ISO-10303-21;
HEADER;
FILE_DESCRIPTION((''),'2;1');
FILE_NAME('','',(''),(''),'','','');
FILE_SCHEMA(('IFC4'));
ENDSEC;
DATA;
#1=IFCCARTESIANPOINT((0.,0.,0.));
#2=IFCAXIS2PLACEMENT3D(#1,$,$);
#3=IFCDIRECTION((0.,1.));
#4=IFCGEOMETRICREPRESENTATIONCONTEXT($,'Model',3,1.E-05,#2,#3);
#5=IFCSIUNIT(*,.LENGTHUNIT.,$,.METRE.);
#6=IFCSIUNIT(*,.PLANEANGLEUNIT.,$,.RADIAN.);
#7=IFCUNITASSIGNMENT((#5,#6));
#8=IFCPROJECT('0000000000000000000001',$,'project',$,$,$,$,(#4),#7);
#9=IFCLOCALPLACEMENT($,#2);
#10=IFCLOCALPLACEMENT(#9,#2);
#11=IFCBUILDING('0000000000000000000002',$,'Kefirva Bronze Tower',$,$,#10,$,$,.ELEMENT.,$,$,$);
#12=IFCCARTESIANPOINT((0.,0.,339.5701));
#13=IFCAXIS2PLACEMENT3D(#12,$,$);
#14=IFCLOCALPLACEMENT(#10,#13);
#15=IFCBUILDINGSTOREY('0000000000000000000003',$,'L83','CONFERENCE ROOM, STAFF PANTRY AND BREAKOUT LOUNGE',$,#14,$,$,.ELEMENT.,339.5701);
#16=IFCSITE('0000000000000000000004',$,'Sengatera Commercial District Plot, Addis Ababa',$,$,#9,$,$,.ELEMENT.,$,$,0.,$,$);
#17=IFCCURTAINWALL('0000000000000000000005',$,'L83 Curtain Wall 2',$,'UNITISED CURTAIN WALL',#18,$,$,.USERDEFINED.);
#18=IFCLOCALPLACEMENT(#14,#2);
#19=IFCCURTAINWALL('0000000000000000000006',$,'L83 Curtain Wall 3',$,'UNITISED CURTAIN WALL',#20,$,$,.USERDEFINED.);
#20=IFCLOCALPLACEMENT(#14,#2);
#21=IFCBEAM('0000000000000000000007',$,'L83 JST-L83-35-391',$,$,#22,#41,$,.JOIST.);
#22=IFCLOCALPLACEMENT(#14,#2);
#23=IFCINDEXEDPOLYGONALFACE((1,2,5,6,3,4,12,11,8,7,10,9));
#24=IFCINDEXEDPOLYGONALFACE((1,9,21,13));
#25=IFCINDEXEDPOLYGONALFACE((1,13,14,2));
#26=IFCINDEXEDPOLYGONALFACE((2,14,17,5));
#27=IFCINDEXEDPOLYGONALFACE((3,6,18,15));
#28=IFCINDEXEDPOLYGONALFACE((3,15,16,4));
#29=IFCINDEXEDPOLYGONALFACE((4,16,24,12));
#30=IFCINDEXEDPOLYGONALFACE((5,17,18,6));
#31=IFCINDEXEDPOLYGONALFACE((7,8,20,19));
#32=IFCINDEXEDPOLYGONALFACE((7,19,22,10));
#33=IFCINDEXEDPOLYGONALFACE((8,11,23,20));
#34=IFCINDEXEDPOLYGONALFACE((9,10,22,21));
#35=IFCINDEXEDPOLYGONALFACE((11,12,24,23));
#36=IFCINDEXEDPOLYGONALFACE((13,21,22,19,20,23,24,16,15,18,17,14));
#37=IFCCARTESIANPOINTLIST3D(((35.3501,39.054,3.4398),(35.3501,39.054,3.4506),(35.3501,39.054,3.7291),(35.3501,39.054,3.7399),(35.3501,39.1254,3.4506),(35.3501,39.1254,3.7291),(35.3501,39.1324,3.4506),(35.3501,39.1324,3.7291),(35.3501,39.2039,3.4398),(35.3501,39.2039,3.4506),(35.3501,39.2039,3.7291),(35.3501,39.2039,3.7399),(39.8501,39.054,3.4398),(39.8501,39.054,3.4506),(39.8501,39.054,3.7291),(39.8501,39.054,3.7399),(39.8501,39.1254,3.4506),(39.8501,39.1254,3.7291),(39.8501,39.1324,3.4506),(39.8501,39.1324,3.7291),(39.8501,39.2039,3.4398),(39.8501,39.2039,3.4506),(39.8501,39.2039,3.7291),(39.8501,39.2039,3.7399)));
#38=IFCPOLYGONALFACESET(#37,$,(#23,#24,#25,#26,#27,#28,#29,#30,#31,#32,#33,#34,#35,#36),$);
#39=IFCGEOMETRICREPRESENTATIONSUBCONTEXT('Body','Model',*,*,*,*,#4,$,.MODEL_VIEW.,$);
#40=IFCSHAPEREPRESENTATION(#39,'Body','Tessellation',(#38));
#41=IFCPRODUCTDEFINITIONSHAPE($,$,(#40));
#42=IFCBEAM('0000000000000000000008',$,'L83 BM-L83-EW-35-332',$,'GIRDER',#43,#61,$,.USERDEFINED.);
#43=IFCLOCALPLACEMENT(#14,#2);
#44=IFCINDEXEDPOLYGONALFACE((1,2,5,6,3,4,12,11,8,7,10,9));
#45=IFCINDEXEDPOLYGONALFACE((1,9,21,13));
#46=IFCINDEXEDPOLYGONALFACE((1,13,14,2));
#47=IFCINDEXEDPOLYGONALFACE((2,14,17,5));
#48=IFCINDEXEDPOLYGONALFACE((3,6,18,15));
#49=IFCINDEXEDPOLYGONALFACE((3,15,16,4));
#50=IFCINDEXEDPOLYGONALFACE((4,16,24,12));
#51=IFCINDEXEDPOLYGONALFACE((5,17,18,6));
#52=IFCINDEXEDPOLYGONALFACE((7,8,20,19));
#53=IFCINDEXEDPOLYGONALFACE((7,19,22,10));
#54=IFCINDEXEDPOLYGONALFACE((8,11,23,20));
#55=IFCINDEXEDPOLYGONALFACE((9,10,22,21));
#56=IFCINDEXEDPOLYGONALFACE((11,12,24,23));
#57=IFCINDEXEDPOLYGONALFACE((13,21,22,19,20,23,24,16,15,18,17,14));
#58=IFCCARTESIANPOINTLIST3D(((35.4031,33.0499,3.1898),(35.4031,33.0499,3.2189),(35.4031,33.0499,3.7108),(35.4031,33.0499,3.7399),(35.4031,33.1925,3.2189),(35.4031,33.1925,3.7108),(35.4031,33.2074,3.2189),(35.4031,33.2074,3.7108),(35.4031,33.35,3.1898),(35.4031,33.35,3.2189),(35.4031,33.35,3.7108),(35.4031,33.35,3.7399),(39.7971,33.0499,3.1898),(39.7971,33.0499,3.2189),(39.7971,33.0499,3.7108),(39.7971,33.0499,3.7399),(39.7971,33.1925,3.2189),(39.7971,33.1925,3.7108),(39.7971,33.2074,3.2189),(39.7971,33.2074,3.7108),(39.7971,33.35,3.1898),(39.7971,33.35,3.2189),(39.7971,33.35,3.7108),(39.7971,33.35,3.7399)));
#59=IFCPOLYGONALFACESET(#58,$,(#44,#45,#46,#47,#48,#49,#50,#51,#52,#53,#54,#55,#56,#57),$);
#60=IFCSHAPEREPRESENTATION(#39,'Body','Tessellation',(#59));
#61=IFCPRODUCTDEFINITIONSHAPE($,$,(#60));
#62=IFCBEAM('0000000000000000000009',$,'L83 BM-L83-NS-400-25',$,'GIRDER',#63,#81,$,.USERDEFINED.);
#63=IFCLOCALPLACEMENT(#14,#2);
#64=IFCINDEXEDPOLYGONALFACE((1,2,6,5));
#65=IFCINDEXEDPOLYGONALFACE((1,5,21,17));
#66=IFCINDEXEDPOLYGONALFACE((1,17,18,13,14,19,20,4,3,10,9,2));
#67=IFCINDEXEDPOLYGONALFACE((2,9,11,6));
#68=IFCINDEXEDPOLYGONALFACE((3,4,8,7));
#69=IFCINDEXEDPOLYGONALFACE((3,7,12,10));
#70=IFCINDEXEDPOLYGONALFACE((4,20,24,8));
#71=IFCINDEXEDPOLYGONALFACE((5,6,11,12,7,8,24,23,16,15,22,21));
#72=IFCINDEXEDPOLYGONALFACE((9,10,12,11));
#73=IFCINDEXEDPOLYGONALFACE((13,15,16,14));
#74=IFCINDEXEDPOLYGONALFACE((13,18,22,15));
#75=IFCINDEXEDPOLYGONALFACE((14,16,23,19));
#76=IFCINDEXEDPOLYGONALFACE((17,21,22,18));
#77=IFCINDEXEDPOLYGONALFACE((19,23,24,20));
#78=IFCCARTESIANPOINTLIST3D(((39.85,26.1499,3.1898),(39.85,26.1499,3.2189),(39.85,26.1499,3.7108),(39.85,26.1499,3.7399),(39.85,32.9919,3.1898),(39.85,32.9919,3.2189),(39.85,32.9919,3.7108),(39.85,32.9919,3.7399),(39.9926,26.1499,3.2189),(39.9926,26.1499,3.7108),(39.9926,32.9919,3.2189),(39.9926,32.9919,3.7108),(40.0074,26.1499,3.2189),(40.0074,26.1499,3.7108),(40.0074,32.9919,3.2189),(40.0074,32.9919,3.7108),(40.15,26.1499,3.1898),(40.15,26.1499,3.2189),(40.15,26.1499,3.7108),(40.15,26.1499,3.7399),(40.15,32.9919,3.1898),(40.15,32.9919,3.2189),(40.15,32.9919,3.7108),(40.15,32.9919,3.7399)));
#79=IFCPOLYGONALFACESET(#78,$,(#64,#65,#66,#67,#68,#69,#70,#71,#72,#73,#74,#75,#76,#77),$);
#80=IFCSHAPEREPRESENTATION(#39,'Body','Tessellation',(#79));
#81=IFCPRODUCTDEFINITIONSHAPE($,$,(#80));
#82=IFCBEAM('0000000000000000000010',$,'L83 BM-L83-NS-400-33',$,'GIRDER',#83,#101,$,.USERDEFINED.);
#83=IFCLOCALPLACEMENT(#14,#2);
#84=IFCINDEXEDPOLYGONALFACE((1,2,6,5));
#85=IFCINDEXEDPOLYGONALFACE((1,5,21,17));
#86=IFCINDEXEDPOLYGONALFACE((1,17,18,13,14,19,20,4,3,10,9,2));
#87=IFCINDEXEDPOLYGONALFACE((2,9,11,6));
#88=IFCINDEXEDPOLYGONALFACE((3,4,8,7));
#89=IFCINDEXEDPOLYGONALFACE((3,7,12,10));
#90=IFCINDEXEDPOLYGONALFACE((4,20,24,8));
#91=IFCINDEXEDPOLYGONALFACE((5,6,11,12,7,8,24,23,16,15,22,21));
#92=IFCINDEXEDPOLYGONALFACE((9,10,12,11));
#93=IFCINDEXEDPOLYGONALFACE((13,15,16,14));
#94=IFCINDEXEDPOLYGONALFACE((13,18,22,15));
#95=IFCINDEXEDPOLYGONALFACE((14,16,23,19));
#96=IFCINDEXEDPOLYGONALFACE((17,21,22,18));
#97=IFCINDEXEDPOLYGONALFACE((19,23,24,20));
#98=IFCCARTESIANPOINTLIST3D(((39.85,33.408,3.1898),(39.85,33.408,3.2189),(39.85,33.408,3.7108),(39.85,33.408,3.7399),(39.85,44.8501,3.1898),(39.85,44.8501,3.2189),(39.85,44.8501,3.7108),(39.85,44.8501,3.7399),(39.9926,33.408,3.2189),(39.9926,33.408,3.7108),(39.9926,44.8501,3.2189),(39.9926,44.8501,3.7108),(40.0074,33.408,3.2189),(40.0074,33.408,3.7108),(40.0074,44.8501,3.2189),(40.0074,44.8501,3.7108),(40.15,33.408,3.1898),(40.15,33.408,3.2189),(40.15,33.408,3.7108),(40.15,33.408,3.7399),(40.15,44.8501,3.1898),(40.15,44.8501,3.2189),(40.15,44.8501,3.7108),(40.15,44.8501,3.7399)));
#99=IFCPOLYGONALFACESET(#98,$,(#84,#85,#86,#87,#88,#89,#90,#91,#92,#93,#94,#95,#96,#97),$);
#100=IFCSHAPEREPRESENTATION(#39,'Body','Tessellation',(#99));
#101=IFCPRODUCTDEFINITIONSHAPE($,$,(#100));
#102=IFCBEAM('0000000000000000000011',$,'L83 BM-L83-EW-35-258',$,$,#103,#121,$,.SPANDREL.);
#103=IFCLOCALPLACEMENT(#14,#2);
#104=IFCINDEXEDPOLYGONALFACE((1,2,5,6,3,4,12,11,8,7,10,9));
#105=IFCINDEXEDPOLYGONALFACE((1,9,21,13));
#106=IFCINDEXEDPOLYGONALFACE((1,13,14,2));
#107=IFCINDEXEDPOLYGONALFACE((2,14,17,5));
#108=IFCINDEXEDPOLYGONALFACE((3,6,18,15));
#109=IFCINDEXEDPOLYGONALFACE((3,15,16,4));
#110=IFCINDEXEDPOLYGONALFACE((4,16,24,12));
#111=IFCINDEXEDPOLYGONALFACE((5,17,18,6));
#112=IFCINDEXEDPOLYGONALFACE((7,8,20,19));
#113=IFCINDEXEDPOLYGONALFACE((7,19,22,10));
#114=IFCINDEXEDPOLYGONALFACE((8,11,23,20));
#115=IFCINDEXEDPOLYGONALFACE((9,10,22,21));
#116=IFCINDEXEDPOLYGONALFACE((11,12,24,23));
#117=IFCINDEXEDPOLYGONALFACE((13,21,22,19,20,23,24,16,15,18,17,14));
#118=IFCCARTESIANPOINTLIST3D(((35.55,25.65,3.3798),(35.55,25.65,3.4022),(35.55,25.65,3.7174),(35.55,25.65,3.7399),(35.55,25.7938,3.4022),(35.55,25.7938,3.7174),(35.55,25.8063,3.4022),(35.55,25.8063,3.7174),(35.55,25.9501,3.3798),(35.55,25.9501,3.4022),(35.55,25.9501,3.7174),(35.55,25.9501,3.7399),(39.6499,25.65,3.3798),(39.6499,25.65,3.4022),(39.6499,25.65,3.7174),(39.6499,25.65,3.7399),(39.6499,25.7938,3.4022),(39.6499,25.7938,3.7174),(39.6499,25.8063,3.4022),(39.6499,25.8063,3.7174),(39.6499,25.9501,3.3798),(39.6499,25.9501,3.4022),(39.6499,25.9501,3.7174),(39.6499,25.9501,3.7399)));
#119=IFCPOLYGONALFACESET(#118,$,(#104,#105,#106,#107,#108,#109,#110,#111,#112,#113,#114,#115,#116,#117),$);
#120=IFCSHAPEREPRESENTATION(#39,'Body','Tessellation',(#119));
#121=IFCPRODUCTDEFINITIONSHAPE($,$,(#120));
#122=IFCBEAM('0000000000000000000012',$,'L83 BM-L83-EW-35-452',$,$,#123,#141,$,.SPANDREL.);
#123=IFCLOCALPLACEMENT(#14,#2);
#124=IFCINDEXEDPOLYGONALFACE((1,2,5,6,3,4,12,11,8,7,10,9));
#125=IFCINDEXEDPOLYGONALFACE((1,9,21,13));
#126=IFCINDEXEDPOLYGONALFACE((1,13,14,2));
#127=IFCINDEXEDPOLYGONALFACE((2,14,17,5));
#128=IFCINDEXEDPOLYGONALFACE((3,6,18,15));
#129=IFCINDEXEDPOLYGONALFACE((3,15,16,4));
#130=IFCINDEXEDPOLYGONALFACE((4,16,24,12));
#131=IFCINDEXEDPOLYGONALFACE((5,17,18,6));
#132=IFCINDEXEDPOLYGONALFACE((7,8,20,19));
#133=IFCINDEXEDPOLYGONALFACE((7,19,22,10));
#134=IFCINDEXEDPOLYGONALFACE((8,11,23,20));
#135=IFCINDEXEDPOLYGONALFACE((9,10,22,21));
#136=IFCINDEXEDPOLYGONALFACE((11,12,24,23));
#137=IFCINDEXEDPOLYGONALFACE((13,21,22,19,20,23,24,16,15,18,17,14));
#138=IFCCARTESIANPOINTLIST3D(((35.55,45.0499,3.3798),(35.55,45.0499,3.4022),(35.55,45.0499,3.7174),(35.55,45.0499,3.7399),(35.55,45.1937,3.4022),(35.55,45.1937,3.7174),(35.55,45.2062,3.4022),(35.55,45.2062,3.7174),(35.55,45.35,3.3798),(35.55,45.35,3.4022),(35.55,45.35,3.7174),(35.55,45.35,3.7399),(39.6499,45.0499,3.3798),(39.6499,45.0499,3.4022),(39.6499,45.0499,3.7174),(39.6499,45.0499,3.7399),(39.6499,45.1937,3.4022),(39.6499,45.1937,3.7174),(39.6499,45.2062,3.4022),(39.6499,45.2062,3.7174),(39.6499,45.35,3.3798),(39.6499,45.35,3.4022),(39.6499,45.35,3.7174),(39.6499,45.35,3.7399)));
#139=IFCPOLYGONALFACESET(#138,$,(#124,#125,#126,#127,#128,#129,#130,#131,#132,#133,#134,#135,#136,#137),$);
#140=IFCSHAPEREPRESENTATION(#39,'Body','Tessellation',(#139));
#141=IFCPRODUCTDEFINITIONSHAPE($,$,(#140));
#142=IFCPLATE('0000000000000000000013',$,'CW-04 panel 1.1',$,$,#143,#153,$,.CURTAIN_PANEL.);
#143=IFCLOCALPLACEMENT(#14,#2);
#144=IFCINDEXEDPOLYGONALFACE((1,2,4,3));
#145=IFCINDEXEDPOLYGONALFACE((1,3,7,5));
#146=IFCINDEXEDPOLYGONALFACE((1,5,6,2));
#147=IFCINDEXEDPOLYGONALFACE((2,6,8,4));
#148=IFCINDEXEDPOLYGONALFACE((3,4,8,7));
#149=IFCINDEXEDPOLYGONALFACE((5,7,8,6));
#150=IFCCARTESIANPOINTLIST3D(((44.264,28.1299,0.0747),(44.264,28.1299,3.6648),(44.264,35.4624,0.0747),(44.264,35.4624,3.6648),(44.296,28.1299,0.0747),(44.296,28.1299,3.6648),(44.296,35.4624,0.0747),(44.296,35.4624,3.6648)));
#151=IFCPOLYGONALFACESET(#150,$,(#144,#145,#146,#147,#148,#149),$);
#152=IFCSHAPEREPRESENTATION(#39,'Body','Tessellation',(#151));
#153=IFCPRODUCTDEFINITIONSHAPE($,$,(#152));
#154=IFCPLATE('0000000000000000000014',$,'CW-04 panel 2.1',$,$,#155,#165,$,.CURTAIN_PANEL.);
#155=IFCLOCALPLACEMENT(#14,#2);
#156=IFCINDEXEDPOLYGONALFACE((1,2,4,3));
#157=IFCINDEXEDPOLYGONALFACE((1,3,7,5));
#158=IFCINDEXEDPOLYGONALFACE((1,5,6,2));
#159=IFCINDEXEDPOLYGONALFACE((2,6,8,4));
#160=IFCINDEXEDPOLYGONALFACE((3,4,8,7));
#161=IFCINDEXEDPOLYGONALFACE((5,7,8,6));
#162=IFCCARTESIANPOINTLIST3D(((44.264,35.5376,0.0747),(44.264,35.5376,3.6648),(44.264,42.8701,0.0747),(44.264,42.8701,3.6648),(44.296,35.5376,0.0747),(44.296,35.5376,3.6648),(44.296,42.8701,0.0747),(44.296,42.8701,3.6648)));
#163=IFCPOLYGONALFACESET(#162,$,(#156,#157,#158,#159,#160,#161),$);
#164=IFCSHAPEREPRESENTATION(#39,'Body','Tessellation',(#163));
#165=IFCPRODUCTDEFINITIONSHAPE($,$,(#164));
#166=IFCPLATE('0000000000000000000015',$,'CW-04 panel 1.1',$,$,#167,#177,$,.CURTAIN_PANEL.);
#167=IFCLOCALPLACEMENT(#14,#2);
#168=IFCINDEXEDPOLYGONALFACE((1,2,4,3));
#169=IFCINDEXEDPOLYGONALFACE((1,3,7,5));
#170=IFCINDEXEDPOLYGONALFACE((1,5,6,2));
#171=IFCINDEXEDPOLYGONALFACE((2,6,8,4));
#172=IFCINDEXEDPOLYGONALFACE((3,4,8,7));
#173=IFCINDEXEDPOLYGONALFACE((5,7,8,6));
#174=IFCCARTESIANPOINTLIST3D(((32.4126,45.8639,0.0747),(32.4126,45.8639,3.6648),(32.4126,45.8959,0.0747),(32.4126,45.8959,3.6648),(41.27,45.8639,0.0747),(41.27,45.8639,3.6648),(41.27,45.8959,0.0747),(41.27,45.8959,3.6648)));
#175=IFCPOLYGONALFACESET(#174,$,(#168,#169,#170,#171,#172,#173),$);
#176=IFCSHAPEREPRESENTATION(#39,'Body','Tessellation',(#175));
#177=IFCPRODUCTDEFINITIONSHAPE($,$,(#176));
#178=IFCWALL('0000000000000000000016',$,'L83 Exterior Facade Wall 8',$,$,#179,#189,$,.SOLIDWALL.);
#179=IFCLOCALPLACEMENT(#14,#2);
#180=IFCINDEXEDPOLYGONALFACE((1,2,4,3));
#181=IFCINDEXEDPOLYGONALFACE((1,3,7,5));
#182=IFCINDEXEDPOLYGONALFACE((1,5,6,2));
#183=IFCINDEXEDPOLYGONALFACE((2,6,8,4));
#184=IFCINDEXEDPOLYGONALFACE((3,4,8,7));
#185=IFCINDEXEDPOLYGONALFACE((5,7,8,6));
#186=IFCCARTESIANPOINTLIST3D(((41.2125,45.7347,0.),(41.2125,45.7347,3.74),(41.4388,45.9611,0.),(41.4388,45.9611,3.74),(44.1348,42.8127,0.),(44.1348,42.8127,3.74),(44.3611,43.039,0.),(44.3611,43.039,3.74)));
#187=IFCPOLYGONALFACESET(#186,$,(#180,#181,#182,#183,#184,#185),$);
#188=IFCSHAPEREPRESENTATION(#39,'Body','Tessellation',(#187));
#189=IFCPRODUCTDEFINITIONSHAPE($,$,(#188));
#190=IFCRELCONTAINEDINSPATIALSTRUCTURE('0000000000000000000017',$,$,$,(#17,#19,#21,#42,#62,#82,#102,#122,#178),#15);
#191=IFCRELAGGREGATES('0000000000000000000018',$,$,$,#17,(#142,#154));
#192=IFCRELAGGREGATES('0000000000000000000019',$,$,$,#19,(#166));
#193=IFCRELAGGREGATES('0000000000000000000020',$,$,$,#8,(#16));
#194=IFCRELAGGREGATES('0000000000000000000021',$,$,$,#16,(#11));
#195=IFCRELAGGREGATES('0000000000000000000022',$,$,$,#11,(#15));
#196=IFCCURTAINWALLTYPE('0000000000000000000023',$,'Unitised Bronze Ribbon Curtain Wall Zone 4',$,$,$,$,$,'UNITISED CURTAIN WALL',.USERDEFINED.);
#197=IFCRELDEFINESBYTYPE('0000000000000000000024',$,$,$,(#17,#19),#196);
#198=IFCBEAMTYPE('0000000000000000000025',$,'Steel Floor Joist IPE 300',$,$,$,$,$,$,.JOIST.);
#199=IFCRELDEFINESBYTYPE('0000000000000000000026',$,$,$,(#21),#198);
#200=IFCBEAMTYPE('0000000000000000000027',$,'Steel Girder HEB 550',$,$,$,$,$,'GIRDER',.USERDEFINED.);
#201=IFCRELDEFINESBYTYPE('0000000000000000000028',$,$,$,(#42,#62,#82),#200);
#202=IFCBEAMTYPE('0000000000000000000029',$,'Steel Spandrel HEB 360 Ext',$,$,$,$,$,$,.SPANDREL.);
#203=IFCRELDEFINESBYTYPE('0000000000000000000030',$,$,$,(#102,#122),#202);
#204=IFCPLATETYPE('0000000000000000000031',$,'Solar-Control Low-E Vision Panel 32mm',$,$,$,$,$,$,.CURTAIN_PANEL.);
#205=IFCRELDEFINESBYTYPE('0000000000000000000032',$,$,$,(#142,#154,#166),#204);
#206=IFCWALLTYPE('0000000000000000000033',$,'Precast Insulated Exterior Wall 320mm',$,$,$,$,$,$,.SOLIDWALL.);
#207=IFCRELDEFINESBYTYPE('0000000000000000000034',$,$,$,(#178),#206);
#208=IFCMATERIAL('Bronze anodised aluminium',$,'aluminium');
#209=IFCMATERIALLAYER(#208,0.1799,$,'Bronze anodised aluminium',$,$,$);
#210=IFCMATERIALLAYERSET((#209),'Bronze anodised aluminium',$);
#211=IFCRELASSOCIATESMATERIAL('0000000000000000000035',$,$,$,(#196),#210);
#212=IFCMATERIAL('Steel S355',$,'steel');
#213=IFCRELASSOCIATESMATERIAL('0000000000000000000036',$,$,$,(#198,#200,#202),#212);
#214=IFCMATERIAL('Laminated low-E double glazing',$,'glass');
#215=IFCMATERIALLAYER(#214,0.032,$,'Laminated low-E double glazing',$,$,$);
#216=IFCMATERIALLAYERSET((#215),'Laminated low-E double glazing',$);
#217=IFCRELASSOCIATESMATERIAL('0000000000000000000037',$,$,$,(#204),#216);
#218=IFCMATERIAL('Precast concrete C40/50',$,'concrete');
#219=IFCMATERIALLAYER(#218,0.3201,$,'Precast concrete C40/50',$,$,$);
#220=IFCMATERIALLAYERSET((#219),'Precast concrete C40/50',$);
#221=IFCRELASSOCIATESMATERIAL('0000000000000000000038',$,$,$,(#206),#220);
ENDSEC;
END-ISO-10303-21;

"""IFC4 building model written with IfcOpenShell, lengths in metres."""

from ifc_helpers import new_model, si_unit, direction, frame, frame_2d, origin, origin_2d, place, context, subcontext, project, spatial, rectangle, i_section, extrude, material, layer, layer_set, material_profile, profile_set, type_object, element, aggregate, save


model = new_model("IFC4")

# Units and contexts
model_context = context("Model", 3, precision=1e-05, world=origin(), true_north=direction((0.0, 1.0)))
body_context = subcontext(model_context, "Body", "Model", "MODEL_VIEW")
ifc_project = project(units=[si_unit("LENGTHUNIT", "METRE"), si_unit("PLANEANGLEUNIT", "RADIAN")], contexts=[model_context])

# Site, building, storey
site_placement = place(None, origin())
site = spatial("IfcSite", under=ifc_project, at=site_placement, Name="Sengatera Commercial District Plot, Addis Ababa", CompositionType="ELEMENT", RefElevation=0.0)
building_placement = place(site_placement, origin())
building = spatial("IfcBuilding", under=site, at=building_placement, Name="Kefirva Bronze Tower", CompositionType="ELEMENT")
storey_placement = place(building_placement, frame((0.0, 0.0, 339.5701)))
storey = spatial("IfcBuildingStorey", under=building, at=storey_placement, Name="L83", Description="CONFERENCE ROOM, STAFF PANTRY AND BREAKOUT LOUNGE", CompositionType="ELEMENT", Elevation=339.5701)

# Curtain wall
ifc_material_1 = material(Name="Bronze anodised aluminium", Category="aluminium")
ifc_layer_1 = layer(ifc_material_1, 0.1799, Name="Bronze anodised aluminium")
ifc_layer_set_1 = layer_set([ifc_layer_1], Name="Bronze anodised aluminium")
curtain_wall_type = type_object("IfcCurtainWallType", Name="Unitised Bronze Ribbon Curtain Wall Zone 4", ElementType="UNITISED CURTAIN WALL", PredefinedType="USERDEFINED", material=ifc_layer_set_1)
curtain_wall_1_placement = place(storey_placement, origin())
curtain_wall_1 = element("IfcCurtainWall", 1, at=curtain_wall_1_placement, inside=storey, type_object=curtain_wall_type, Name="L83 Curtain Wall 2", ObjectType="UNITISED CURTAIN WALL", PredefinedType="USERDEFINED")

# Curtain wall
curtain_wall_2_placement = place(storey_placement, origin())
curtain_wall_2 = element("IfcCurtainWall", 2, at=curtain_wall_2_placement, inside=storey, type_object=curtain_wall_type, Name="L83 Curtain Wall 3", ObjectType="UNITISED CURTAIN WALL", PredefinedType="USERDEFINED")

# Beams
ifc_material_2 = material(Name="Steel S355", Category="steel")
ifc_material_profile_1 = material_profile(ifc_material_2, i_section(OverallWidth=0.1499, OverallDepth=0.3, WebThickness=0.0071, FlangeThickness=0.0107, at=origin_2d()), Name="IPE 300")
ifc_profile_set_1 = profile_set([ifc_material_profile_1], Name="Steel S355")
beam_type_1 = type_object("IfcBeamType", Name="Steel Floor Joist IPE 300", PredefinedType="JOIST", material=ifc_profile_set_1)
beam_1_placement = place(storey_placement, frame((35.3501, 39.1289, 3.5898), z_axis=(1.0, 0.0, 0.0), x_axis=(0.0, 1.0, 0.0)))
element("IfcBeam", 3, at=beam_1_placement, inside=storey, type_object=beam_type_1, Name="L83 JST-L83-35-391", PredefinedType="JOIST", context=body_context, shape_type="SweptSolid", body=[
    extrude(i_section(OverallWidth=0.1499, OverallDepth=0.3, WebThickness=0.0071, FlangeThickness=0.0107, at=origin_2d()), origin(), (0.0, 0.0, 1.0), 4.5),
])
ifc_material_profile_2 = material_profile(ifc_material_2, i_section(OverallWidth=0.3, OverallDepth=0.55, WebThickness=0.0149, FlangeThickness=0.0291, at=origin_2d()), Name="HEB 550")
ifc_profile_set_2 = profile_set([ifc_material_profile_2], Name="Steel S355")
beam_type_2 = type_object("IfcBeamType", Name="Steel Girder HEB 550", ElementType="GIRDER", PredefinedType="USERDEFINED", material=ifc_profile_set_2)
beam_2_placement = place(storey_placement, frame((35.4031, 33.2, 3.4648), z_axis=(1.0, 0.0, 0.0), x_axis=(0.0, 1.0, 0.0)))
element("IfcBeam", 4, at=beam_2_placement, inside=storey, type_object=beam_type_2, Name="L83 BM-L83-EW-35-332", ObjectType="GIRDER", PredefinedType="USERDEFINED", context=body_context, shape_type="SweptSolid", body=[
    extrude(i_section(OverallWidth=0.3, OverallDepth=0.55, WebThickness=0.0149, FlangeThickness=0.0291, at=origin_2d()), origin(), (0.0, 0.0, 1.0), 4.394),
])
beam_3_placement = place(storey_placement, frame((40.0, 26.1499, 3.4648), z_axis=(0.0, 1.0, 0.0), x_axis=(-1.0, 0.0, 0.0)))
element("IfcBeam", 5, at=beam_3_placement, inside=storey, type_object=beam_type_2, Name="L83 BM-L83-NS-400-25", ObjectType="GIRDER", PredefinedType="USERDEFINED", context=body_context, shape_type="SweptSolid", body=[
    extrude(i_section(OverallWidth=0.3, OverallDepth=0.55, WebThickness=0.0149, FlangeThickness=0.0291, at=origin_2d()), origin(), (0.0, 0.0, 1.0), 6.842),
])
beam_4_placement = place(storey_placement, frame((40.0, 33.408, 3.4648), z_axis=(0.0, 1.0, 0.0), x_axis=(-1.0, 0.0, 0.0)))
element("IfcBeam", 6, at=beam_4_placement, inside=storey, type_object=beam_type_2, Name="L83 BM-L83-NS-400-33", ObjectType="GIRDER", PredefinedType="USERDEFINED", context=body_context, shape_type="SweptSolid", body=[
    extrude(i_section(OverallWidth=0.3, OverallDepth=0.55, WebThickness=0.0149, FlangeThickness=0.0291, at=origin_2d()), origin(), (0.0, 0.0, 1.0), 11.4421),
])
ifc_material_profile_3 = material_profile(ifc_material_2, i_section(OverallWidth=0.3, OverallDepth=0.3601, WebThickness=0.0125, FlangeThickness=0.0225, at=origin_2d()), Name="HEB 360")
ifc_profile_set_3 = profile_set([ifc_material_profile_3], Name="Steel S355")
beam_type_3 = type_object("IfcBeamType", Name="Steel Spandrel HEB 360 Ext", PredefinedType="SPANDREL", material=ifc_profile_set_3)
for number, where, z_axis, x_axis, name in (
    (7, (35.55, 25.8, 3.5598), (1.0, 0.0, 0.0), (0.0, 1.0, 0.0), "L83 BM-L83-EW-35-258"),
    (8, (35.55, 45.2, 3.5598), (1.0, 0.0, 0.0), (0.0, 1.0, 0.0), "L83 BM-L83-EW-35-452"),
):
    element("IfcBeam", number, at=place(storey_placement, frame(where, z_axis=z_axis, x_axis=x_axis)), inside=storey, type_object=beam_type_3, Name=name, PredefinedType="SPANDREL", context=body_context, shape_type="SweptSolid", body=[
        extrude(i_section(OverallWidth=0.3, OverallDepth=0.3601, WebThickness=0.0125, FlangeThickness=0.0225, at=origin_2d()), origin(), (0.0, 0.0, 1.0), 4.0999),
    ])

# Plates
ifc_material_3 = material(Name="Laminated low-E double glazing", Category="glass")
ifc_layer_2 = layer(ifc_material_3, 0.032, Name="Laminated low-E double glazing")
ifc_layer_set_2 = layer_set([ifc_layer_2], Name="Laminated low-E double glazing")
plate_type = type_object("IfcPlateType", Name="Solar-Control Low-E Vision Panel 32mm", PredefinedType="CURTAIN_PANEL", material=ifc_layer_set_2)
plate_1_placement = place(storey_placement, frame((44.28, 31.7961, 0.0747), z_axis=(0.0, 0.0, 1.0), x_axis=(0.0, 1.0, 0.0)))
plate_1 = element("IfcPlate", 9, at=plate_1_placement, type_object=plate_type, Name="CW-04 panel 1.1", PredefinedType="CURTAIN_PANEL", context=body_context, shape_type="SweptSolid", body=[
    extrude(rectangle(XDim=7.3325, YDim=0.032, at=origin_2d()), origin(), (0.0, 0.0, 1.0), 3.5901),
])
plate_2_placement = place(storey_placement, frame((44.28, 39.2039, 0.0747), z_axis=(0.0, 0.0, 1.0), x_axis=(0.0, 1.0, 0.0)))
plate_2 = element("IfcPlate", 10, at=plate_2_placement, type_object=plate_type, Name="CW-04 panel 2.1", PredefinedType="CURTAIN_PANEL", context=body_context, shape_type="SweptSolid", body=[
    extrude(rectangle(XDim=7.3325, YDim=0.032, at=origin_2d()), origin(), (0.0, 0.0, 1.0), 3.5901),
])
aggregate(curtain_wall_1, [plate_1, plate_2])
plate_3_placement = place(storey_placement, frame((36.8413, 45.8799, 0.0747), z_axis=(0.0, 0.0, 1.0), x_axis=(-1.0, 0.0, 0.0)))
plate_3 = element("IfcPlate", 11, at=plate_3_placement, type_object=plate_type, Name="CW-04 panel 1.1", PredefinedType="CURTAIN_PANEL", context=body_context, shape_type="SweptSolid", body=[
    extrude(rectangle(XDim=8.8574, YDim=0.032, at=origin_2d()), origin(), (0.0, 0.0, 1.0), 3.5901),
])
aggregate(curtain_wall_2, [plate_3])

# Wall
ifc_material_4 = material(Name="Precast concrete C40/50", Category="concrete")
ifc_layer_3 = layer(ifc_material_4, 0.3201, Name="Precast concrete C40/50")
ifc_layer_set_3 = layer_set([ifc_layer_3], Name="Precast concrete C40/50")
wall_type = type_object("IfcWallType", Name="Precast Insulated Exterior Wall 320mm", PredefinedType="SOLIDWALL", material=ifc_layer_set_3)
wall_placement = place(storey_placement, frame((44.248, 42.9258, 0.0), z_axis=(0.0, 0.0, 1.0), x_axis=(-0.707136, 0.707077, 0.0)))
element("IfcWall", 12, at=wall_placement, inside=storey, type_object=wall_type, Name="L83 Exterior Facade Wall 8", PredefinedType="SOLIDWALL", context=body_context, shape_type="SweptSolid", body=[
    extrude(rectangle(XDim=4.1326, YDim=0.3201, at=frame_2d((2.0664, 0.0))), origin(), (0.0, 0.0, 1.0), 3.74),
])

save(model, "model.ifc")
